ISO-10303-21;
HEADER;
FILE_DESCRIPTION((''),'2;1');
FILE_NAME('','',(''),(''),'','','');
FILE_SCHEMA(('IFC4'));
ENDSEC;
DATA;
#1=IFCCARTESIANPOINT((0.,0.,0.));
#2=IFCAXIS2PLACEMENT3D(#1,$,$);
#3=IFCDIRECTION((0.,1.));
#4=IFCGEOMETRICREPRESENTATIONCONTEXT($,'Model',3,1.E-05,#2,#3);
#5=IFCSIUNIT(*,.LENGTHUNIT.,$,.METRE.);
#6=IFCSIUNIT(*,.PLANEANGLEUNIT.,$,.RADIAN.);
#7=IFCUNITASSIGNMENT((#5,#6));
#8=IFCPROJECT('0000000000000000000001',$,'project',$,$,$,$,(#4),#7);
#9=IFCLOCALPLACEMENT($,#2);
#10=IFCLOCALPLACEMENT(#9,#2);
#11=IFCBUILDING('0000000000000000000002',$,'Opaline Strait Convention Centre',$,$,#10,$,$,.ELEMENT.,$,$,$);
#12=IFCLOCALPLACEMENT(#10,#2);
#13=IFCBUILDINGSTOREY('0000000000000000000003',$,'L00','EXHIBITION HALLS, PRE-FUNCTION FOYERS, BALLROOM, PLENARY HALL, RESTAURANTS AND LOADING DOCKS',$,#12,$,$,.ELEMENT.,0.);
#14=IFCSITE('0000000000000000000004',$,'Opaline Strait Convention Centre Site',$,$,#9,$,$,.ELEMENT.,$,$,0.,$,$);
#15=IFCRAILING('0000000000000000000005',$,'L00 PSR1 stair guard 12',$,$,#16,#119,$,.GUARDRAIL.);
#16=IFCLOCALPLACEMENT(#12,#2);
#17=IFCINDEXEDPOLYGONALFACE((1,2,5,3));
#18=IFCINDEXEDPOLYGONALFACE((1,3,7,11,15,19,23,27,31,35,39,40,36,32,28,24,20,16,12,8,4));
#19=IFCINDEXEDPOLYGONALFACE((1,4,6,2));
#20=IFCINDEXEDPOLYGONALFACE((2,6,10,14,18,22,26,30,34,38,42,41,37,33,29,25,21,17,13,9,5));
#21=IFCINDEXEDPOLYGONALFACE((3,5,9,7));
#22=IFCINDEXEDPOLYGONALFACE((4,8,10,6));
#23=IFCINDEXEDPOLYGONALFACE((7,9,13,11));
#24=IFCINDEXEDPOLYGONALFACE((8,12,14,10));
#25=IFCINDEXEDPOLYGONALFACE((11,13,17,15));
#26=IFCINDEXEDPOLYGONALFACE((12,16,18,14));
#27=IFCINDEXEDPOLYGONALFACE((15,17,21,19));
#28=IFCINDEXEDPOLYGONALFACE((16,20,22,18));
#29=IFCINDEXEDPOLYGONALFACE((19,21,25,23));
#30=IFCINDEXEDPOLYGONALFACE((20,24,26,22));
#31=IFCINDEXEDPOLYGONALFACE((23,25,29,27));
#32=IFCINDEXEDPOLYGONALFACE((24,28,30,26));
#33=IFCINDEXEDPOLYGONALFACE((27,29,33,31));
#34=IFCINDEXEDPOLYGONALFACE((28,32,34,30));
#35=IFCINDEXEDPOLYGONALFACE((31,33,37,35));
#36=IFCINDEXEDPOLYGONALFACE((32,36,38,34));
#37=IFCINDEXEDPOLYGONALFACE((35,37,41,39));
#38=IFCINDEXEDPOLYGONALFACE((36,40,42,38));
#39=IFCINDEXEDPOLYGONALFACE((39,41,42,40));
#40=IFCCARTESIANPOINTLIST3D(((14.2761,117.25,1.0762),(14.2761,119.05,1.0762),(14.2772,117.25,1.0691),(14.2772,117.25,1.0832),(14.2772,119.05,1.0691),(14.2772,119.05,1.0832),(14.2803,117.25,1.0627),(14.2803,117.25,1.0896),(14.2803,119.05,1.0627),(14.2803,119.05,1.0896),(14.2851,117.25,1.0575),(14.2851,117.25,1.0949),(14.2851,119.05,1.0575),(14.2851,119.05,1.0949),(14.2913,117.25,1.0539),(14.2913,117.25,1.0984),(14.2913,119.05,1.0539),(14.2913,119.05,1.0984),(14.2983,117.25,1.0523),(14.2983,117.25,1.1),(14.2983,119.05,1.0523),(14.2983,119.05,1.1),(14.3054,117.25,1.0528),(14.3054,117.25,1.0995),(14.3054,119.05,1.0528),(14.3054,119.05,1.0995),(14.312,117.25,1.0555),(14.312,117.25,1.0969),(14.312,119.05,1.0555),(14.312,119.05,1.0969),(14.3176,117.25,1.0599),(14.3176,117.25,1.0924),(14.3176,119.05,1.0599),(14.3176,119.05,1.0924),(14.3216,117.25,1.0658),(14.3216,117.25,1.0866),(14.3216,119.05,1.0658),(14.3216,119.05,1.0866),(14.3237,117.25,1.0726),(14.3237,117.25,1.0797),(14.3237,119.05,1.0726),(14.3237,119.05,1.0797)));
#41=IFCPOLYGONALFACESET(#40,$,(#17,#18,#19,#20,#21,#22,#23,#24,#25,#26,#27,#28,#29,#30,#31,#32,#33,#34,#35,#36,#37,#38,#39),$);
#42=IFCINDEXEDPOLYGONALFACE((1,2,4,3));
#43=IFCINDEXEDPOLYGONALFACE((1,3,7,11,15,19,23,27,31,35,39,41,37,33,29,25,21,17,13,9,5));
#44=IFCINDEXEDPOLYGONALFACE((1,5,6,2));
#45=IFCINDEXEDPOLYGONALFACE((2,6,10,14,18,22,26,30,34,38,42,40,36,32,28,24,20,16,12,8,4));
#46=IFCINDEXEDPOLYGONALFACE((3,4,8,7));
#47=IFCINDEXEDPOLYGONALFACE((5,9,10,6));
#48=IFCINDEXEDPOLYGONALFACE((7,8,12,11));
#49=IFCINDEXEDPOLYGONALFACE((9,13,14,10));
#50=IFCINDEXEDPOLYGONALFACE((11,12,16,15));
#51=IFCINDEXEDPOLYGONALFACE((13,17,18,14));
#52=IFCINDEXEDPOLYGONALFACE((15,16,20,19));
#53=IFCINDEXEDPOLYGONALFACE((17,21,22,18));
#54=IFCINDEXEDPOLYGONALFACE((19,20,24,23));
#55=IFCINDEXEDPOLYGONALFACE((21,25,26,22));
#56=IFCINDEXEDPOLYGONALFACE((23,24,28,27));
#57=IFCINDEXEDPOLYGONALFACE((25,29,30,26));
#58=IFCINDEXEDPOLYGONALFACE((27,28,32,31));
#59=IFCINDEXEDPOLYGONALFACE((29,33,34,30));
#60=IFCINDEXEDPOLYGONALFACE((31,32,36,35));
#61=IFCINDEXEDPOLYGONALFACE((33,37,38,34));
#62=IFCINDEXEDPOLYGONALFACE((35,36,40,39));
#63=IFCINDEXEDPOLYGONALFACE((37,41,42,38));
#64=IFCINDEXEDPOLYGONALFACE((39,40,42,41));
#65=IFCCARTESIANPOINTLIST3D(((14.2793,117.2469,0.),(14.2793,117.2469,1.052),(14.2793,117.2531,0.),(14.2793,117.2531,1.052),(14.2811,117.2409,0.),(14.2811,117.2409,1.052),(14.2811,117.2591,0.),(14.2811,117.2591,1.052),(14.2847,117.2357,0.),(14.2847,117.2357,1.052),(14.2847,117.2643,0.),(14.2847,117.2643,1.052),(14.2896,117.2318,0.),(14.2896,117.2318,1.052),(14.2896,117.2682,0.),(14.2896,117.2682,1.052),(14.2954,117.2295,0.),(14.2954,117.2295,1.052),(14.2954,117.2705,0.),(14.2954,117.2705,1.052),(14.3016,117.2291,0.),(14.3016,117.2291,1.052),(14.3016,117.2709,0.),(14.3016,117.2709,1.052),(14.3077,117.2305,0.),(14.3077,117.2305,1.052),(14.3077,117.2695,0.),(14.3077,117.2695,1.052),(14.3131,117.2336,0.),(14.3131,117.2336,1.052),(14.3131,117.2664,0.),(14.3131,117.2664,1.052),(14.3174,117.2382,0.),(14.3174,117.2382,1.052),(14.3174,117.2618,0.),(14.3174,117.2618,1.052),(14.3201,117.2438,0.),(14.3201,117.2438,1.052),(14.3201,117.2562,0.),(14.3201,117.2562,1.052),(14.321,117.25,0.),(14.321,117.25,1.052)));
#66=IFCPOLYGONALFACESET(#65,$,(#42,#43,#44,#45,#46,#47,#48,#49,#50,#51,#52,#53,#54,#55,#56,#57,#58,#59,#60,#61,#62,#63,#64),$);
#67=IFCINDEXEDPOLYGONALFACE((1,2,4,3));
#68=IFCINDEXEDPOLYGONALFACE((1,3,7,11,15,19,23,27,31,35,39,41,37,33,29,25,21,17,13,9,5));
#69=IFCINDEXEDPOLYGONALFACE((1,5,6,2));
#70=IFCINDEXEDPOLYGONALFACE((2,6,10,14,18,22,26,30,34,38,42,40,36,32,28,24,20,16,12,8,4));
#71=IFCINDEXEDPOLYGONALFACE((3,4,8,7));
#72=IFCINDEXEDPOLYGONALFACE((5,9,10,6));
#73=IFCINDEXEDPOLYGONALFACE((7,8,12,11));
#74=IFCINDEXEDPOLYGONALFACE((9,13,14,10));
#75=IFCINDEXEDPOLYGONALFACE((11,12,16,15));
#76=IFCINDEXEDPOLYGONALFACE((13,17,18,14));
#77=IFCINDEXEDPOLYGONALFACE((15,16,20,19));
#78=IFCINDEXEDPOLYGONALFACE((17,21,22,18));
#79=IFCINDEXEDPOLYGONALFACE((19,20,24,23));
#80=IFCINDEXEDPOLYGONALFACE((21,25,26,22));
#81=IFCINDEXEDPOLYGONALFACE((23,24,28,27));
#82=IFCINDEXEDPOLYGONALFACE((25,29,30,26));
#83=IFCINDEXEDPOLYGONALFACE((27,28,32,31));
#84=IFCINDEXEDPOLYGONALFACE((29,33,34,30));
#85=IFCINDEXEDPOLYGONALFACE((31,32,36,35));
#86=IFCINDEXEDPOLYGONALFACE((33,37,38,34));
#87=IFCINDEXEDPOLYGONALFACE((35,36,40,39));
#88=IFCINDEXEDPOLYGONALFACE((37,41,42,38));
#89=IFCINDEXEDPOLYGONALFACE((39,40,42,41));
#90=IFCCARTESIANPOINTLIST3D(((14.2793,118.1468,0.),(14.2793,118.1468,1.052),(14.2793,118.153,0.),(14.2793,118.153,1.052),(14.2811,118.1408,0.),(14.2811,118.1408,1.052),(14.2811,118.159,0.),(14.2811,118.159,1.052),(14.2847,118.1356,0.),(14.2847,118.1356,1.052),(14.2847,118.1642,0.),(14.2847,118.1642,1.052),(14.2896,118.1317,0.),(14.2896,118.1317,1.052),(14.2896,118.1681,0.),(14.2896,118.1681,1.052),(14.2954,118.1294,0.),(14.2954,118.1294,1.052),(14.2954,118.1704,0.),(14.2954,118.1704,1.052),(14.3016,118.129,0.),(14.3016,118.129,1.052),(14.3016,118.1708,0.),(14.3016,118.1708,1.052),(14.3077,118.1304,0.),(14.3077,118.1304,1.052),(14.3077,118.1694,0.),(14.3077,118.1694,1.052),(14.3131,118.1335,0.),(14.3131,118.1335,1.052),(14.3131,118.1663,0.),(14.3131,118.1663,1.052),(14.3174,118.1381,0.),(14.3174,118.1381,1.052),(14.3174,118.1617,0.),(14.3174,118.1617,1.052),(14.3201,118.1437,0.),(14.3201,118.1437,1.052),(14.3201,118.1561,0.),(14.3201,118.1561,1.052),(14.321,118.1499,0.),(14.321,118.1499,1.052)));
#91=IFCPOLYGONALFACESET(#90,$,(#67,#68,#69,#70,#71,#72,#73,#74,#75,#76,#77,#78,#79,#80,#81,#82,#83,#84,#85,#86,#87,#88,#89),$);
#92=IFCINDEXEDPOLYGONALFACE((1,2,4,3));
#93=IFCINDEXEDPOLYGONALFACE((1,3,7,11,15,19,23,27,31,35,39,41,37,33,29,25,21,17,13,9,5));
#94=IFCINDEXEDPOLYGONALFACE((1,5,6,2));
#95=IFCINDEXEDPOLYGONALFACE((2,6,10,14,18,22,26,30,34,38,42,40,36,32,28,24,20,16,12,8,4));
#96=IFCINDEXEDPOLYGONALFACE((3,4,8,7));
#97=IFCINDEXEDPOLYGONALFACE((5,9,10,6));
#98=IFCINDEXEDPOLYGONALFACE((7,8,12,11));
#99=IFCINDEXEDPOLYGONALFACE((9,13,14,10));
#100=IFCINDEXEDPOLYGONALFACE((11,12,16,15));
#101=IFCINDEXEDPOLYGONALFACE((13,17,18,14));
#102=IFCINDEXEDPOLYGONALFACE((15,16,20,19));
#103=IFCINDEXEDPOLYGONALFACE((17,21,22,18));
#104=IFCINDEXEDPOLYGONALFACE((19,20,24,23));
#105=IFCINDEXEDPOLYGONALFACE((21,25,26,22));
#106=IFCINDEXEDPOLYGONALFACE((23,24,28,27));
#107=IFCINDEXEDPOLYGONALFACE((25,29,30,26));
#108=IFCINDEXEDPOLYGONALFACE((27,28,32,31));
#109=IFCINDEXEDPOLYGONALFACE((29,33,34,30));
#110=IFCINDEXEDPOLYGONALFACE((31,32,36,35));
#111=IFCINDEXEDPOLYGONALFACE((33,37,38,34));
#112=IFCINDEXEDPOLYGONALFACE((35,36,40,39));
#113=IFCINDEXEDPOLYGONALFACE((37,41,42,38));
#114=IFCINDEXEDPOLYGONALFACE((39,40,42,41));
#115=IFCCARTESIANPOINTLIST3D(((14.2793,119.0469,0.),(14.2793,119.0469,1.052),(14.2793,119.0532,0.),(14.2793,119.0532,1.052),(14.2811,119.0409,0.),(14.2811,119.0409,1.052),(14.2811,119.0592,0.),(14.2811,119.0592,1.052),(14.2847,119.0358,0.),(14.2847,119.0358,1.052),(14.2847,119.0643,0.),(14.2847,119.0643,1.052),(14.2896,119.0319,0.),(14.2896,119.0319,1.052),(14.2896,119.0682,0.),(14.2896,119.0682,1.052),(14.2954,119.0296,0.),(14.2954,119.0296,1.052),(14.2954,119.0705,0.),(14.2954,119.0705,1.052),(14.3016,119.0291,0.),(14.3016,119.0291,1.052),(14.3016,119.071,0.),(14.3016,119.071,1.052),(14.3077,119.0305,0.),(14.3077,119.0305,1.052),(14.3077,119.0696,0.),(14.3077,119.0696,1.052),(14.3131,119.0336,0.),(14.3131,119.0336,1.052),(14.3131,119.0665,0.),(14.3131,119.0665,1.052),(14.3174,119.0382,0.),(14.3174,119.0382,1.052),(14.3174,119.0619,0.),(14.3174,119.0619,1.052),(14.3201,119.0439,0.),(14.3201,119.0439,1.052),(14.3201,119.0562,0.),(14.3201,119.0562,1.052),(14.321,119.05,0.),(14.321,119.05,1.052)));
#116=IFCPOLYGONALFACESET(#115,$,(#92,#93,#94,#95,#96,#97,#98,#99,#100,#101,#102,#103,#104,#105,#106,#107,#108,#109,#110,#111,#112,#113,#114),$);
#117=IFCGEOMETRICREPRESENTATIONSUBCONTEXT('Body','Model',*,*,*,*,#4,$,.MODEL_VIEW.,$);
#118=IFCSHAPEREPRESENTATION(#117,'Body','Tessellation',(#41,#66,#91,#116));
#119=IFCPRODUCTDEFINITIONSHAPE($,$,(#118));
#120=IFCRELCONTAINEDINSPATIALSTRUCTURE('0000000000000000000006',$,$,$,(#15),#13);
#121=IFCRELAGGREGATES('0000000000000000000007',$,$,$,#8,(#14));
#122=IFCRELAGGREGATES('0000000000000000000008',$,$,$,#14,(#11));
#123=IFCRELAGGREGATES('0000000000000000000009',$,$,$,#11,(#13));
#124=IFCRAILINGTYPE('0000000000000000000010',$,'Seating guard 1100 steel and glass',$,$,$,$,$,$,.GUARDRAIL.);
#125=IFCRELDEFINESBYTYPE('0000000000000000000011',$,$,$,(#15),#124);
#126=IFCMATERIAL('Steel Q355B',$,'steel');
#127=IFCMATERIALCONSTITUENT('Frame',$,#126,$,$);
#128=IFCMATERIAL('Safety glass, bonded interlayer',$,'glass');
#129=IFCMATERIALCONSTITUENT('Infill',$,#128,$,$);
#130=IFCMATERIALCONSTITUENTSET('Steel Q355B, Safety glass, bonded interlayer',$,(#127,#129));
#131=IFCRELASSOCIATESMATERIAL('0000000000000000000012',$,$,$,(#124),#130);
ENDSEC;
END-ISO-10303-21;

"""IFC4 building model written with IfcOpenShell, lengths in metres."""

from ifc_helpers import new_model, si_unit, direction, frame, origin, origin_2d, place, context, subcontext, project, spatial, circle, extrude, material, constituent, constituent_set, type_object, element, save


model = new_model("IFC4")

# Units and contexts
model_context = context("Model", 3, precision=1e-05, world=origin(), true_north=direction((0.0, 1.0)))
body_context = subcontext(model_context, "Body", "Model", "MODEL_VIEW")
ifc_project = project(units=[si_unit("LENGTHUNIT", "METRE"), si_unit("PLANEANGLEUNIT", "RADIAN")], contexts=[model_context])

# Site, building, storey
site_placement = place(None, origin())
site = spatial("IfcSite", under=ifc_project, at=site_placement, Name="Opaline Strait Convention Centre Site", CompositionType="ELEMENT", RefElevation=0.0)
building_placement = place(site_placement, origin())
building = spatial("IfcBuilding", under=site, at=building_placement, Name="Opaline Strait Convention Centre", CompositionType="ELEMENT")
storey_placement = place(building_placement, origin())
storey = spatial("IfcBuildingStorey", under=building, at=storey_placement, Name="L00", Description="EXHIBITION HALLS, PRE-FUNCTION FOYERS, BALLROOM, PLENARY HALL, RESTAURANTS AND LOADING DOCKS", CompositionType="ELEMENT", Elevation=0.0)

# Railing
ifc_material_1 = material(Name="Steel Q355B", Category="steel")
ifc_constituent_1 = constituent(ifc_material_1, Name="Frame")
ifc_material_2 = material(Name="Safety glass, bonded interlayer", Category="glass")
ifc_constituent_2 = constituent(ifc_material_2, Name="Infill")
ifc_constituent_set = constituent_set(constituents=[ifc_constituent_1, ifc_constituent_2], Name="Steel Q355B, Safety glass, bonded interlayer")
railing_type = type_object("IfcRailingType", Name="Seating guard 1100 steel and glass", PredefinedType="GUARDRAIL", material=ifc_constituent_set)
for number, where, name in (
    (1, (14.3, 117.25, 0.0), "L00 PSR1 stair guard 12"),
):
    element("IfcRailing", number, at=place(storey_placement, frame(where)), inside=storey, type_object=railing_type, Name=name, PredefinedType="GUARDRAIL", context=body_context, shape_type="SweptSolid", body=[
        extrude(circle(Radius=0.0239, at=origin_2d()), frame((0.0, 0.0, 1.0762), z_axis=(0.0, 1.0, 0.0), x_axis=(-1.0, 0.0, 0.0)), (0.0, 0.0, 1.0), 1.8),
        extrude(circle(Radius=0.021, at=origin_2d()), origin(), (0.0, 0.0, 1.0), 1.052),
        extrude(circle(Radius=0.021, at=origin_2d()), frame((0.0, 0.8999, 0.0)), (0.0, 0.0, 1.0), 1.052),
        extrude(circle(Radius=0.021, at=origin_2d()), frame((0.0, 1.8, 0.0)), (0.0, 0.0, 1.0), 1.052),
    ])

save(model, "model.ifc")
